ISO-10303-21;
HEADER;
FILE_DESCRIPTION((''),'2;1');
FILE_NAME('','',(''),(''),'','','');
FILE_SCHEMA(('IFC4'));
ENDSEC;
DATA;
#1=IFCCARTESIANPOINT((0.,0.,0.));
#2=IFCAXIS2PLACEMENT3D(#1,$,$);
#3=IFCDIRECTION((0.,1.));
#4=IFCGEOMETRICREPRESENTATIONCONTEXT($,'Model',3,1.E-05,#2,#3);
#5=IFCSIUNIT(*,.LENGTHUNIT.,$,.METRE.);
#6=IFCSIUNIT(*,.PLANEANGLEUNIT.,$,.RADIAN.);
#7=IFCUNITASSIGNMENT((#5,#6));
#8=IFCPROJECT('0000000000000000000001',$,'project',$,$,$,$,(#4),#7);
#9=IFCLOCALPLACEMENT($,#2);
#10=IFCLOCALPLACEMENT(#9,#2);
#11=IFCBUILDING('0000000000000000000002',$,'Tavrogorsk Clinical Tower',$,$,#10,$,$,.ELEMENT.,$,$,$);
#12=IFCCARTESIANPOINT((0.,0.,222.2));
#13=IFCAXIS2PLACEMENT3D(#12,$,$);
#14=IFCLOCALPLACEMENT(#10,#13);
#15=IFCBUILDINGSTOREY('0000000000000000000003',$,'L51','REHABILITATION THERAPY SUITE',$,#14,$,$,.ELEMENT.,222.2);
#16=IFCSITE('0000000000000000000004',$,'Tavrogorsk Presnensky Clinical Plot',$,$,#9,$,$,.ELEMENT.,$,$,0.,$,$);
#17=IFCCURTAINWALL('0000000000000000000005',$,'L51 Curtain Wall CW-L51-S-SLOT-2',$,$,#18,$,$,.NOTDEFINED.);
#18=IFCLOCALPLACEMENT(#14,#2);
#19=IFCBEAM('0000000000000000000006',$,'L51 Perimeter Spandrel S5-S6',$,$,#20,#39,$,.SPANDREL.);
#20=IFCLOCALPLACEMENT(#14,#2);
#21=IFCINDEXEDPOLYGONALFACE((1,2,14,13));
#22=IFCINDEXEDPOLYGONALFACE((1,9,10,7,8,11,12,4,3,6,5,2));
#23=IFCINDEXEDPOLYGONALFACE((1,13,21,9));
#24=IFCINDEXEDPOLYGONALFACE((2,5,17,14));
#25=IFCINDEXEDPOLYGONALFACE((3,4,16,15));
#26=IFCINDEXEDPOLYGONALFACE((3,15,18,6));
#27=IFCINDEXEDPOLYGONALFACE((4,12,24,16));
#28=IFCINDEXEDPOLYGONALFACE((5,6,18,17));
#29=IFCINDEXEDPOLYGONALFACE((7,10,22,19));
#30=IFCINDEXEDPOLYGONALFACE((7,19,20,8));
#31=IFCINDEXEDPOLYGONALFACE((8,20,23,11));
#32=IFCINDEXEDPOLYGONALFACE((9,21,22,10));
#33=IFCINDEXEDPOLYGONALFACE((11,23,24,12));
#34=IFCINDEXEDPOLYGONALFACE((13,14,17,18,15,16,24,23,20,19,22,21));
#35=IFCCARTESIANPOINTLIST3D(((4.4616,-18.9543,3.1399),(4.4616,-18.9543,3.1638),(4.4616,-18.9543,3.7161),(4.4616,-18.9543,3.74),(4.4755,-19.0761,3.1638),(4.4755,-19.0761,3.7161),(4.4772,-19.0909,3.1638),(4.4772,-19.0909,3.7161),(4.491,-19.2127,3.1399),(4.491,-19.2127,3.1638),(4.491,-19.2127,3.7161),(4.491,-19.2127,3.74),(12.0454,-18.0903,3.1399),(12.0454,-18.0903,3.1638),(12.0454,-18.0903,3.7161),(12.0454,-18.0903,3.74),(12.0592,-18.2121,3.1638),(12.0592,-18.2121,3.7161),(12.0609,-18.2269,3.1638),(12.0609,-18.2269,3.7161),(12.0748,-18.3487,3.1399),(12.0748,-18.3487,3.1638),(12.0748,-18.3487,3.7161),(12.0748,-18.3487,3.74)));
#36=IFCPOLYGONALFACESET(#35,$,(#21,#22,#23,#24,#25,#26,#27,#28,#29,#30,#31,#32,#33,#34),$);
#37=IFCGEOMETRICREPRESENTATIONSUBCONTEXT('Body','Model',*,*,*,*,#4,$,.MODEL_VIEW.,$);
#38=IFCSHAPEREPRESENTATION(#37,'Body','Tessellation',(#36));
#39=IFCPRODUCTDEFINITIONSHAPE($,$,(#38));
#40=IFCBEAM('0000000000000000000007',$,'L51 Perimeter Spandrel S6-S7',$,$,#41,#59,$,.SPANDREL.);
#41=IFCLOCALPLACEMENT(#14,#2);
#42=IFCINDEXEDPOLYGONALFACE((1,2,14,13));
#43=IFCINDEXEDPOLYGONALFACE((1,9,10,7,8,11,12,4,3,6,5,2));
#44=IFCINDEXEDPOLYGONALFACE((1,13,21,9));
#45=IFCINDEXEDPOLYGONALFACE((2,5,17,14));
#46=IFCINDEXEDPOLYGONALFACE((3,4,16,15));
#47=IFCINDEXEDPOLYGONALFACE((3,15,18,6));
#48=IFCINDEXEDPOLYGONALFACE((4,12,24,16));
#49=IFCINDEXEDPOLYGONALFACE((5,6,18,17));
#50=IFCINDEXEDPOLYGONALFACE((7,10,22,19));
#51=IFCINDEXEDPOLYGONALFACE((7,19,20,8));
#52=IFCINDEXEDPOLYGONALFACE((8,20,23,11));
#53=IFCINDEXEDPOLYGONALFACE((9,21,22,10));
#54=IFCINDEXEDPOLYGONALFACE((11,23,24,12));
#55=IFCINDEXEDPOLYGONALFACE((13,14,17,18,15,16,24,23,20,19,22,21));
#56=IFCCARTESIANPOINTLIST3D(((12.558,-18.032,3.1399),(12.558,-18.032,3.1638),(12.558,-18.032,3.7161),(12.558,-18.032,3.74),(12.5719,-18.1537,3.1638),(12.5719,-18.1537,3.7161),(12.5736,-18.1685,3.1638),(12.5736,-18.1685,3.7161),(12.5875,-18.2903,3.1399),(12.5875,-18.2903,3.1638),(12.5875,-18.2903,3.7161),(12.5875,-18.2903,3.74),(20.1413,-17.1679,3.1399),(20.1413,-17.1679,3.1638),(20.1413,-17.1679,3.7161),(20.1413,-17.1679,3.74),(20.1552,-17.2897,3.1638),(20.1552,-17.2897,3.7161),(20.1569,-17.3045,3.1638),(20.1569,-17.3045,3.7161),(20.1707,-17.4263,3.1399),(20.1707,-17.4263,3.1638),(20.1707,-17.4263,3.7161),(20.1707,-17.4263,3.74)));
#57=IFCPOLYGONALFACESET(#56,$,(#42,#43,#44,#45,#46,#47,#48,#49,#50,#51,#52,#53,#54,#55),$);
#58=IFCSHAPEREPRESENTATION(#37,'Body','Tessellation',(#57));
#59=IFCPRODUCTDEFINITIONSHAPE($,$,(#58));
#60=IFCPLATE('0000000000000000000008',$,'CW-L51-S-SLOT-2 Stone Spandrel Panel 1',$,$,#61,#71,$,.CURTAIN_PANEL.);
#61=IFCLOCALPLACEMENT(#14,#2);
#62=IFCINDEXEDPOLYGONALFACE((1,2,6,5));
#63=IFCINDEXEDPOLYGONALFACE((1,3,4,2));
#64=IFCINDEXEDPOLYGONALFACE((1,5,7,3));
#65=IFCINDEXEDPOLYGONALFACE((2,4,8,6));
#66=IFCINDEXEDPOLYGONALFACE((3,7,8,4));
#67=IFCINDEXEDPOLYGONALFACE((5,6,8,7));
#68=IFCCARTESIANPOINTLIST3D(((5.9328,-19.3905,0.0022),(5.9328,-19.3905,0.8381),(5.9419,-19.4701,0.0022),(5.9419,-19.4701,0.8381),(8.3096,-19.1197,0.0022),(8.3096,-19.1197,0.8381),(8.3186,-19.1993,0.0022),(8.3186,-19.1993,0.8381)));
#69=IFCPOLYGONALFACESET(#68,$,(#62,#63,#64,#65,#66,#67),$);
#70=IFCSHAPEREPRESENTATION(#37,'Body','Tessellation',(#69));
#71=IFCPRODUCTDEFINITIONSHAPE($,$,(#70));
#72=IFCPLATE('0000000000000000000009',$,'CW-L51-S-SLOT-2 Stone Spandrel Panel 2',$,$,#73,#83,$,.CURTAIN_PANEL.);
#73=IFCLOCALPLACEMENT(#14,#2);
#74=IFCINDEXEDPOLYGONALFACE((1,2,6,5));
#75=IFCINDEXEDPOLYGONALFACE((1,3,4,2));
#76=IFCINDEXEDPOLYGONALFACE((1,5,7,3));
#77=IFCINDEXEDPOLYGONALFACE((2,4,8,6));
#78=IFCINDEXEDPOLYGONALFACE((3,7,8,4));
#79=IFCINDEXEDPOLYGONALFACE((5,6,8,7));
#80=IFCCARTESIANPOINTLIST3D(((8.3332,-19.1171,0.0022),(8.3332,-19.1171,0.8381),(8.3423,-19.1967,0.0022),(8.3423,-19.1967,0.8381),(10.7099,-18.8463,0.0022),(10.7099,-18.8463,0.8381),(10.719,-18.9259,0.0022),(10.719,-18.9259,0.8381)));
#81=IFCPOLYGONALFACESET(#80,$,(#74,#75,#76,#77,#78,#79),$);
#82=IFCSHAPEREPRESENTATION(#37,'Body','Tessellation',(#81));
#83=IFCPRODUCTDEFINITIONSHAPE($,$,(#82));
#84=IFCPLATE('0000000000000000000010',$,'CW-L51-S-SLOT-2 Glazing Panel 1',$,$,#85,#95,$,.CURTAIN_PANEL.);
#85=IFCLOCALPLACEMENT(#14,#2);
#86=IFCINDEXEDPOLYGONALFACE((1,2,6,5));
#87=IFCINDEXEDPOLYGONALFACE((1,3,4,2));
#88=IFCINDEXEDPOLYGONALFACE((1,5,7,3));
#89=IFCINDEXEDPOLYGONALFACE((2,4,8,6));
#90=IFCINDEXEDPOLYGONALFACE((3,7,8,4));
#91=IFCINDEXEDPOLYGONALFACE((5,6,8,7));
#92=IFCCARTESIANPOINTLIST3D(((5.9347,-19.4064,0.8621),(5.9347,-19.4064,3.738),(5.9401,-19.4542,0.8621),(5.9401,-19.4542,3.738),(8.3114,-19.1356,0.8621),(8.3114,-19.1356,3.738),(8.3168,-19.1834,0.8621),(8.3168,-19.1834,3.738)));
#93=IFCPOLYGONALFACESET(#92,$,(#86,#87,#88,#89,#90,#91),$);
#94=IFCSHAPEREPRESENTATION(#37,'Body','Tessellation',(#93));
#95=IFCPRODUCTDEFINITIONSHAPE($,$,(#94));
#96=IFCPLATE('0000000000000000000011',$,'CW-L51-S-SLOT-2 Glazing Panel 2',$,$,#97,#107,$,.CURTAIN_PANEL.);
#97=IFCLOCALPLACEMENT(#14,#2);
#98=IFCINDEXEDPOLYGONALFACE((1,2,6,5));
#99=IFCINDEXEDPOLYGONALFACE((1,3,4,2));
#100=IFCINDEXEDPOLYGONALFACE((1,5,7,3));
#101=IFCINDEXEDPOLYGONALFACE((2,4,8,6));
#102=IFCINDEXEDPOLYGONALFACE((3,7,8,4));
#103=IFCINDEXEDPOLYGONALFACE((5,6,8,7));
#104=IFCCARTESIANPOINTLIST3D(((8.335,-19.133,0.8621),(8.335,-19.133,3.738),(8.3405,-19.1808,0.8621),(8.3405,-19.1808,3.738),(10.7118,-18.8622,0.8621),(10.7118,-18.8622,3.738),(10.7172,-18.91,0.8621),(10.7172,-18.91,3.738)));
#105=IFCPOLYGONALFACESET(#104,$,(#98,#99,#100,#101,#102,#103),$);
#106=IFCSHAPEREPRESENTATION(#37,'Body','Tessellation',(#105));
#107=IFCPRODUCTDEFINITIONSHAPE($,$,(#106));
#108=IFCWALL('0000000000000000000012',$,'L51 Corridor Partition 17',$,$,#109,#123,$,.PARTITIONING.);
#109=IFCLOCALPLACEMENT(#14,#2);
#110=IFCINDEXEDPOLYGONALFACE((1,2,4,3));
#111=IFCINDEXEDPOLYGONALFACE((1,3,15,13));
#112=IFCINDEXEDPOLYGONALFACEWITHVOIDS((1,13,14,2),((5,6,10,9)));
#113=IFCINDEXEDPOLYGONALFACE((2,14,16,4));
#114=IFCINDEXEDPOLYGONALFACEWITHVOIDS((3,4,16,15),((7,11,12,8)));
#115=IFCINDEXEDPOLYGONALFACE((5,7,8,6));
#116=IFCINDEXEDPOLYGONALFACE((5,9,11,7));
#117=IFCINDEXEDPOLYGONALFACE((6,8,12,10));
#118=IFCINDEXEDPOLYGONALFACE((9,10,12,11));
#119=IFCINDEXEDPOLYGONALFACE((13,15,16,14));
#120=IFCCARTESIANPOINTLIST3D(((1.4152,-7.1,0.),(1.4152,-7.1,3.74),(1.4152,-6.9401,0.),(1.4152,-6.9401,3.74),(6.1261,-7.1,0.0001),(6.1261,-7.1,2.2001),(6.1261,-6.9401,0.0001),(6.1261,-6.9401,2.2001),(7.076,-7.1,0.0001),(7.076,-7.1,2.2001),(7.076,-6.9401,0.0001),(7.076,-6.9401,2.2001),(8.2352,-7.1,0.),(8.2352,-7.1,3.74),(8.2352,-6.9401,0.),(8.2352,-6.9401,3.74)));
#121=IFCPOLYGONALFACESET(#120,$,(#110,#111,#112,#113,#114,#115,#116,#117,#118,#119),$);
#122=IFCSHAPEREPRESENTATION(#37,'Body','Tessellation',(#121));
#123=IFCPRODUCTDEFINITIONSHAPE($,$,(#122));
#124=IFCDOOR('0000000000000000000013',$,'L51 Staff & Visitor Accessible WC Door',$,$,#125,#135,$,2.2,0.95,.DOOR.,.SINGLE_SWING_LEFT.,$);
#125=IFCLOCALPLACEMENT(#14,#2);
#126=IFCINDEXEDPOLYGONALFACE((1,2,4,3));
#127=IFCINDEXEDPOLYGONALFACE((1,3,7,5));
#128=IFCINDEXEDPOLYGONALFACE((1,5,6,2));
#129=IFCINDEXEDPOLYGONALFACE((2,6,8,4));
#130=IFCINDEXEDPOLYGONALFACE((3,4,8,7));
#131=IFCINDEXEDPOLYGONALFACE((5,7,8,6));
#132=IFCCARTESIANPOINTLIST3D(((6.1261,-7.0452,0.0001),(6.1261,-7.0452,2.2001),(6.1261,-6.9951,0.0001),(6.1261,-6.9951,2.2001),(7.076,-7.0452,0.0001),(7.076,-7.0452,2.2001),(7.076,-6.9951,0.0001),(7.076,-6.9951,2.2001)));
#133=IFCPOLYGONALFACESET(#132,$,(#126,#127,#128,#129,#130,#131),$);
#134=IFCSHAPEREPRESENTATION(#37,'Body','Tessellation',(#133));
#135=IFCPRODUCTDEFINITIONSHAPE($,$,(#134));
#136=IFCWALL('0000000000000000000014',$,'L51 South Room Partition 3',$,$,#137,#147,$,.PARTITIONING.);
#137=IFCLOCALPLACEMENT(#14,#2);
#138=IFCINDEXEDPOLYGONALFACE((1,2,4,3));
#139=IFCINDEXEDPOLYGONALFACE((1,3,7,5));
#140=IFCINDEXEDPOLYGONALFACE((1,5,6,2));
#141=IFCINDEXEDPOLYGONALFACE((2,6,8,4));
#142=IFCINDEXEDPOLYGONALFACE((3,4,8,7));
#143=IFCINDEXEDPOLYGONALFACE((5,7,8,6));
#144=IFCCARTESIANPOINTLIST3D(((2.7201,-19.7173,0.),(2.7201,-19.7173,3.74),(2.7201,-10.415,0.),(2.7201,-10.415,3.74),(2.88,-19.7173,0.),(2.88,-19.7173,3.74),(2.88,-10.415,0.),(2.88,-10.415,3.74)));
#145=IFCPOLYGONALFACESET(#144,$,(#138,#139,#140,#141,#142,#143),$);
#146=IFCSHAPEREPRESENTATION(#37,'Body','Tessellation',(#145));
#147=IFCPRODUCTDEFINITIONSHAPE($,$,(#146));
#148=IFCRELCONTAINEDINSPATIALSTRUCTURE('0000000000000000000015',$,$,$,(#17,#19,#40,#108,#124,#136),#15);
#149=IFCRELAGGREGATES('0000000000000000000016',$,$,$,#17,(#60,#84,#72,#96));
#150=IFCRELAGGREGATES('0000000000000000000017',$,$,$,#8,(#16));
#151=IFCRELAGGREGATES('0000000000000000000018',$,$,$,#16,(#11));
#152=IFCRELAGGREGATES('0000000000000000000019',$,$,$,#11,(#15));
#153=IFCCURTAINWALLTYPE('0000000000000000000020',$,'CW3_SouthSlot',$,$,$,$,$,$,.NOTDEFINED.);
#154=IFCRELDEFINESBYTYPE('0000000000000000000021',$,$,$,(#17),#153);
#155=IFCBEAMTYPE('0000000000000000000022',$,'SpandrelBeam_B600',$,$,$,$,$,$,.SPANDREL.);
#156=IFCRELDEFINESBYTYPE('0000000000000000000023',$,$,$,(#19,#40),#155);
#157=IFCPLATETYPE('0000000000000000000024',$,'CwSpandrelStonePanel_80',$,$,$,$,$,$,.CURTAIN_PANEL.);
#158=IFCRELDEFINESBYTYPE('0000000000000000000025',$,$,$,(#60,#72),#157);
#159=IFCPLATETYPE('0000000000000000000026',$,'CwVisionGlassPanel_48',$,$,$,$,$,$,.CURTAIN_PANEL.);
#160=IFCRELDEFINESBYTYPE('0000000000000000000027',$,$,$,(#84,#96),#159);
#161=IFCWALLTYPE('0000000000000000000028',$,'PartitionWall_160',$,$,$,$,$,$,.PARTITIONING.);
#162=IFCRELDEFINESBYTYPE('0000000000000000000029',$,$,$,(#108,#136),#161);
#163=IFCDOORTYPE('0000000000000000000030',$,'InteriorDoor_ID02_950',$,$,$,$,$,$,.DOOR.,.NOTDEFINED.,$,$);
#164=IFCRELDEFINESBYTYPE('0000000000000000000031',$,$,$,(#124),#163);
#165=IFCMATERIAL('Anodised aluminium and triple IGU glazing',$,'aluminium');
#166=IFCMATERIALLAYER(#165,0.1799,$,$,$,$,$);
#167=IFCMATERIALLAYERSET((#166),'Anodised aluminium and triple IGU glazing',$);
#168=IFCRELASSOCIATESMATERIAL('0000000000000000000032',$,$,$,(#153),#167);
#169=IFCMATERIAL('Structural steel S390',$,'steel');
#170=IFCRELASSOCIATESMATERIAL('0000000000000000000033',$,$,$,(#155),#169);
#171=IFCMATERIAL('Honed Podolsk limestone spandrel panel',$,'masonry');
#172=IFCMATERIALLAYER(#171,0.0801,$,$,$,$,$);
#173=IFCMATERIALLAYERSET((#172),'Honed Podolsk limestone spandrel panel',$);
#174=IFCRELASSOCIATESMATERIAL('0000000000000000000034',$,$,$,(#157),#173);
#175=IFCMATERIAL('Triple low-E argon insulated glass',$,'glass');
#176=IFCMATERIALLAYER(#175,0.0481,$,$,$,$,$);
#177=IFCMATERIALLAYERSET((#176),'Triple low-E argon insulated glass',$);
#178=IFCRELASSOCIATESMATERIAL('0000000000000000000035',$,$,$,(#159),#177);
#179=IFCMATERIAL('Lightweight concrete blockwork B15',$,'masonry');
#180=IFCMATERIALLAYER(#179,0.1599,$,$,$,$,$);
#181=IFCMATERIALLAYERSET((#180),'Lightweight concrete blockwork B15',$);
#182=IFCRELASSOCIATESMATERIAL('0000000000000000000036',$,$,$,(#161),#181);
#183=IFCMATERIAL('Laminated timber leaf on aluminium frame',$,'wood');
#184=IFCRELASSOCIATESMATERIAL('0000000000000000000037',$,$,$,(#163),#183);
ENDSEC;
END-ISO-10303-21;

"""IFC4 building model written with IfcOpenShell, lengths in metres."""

from ifc_helpers import new_model, si_unit, direction, frame, frame_2d, origin, origin_2d, place, context, subcontext, project, spatial, rectangle, i_section, extrude, material, layer, layer_set, material_profile, profile_set, type_object, element, fill, aggregate, save


model = new_model("IFC4")

# Units and contexts
model_context = context("Model", 3, precision=1e-05, world=origin(), true_north=direction((0.0, 1.0)))
body_context = subcontext(model_context, "Body", "Model", "MODEL_VIEW")
ifc_project = project(units=[si_unit("LENGTHUNIT", "METRE"), si_unit("PLANEANGLEUNIT", "RADIAN")], contexts=[model_context])

# Site, building, storey
site_placement = place(None, origin())
site = spatial("IfcSite", under=ifc_project, at=site_placement, Name="Tavrogorsk Presnensky Clinical Plot", CompositionType="ELEMENT", RefElevation=0.0)
building_placement = place(site_placement, origin())
building = spatial("IfcBuilding", under=site, at=building_placement, Name="Tavrogorsk Clinical Tower", CompositionType="ELEMENT")
storey_placement = place(building_placement, frame((0.0, 0.0, 222.2)))
storey = spatial("IfcBuildingStorey", under=building, at=storey_placement, Name="L51", Description="REHABILITATION THERAPY SUITE", CompositionType="ELEMENT", Elevation=222.2)

# Curtain wall
ifc_material_1 = material(Name="Anodised aluminium and triple IGU glazing", Category="aluminium")
ifc_layer_1 = layer(ifc_material_1, 0.1799)
ifc_layer_set_1 = layer_set([ifc_layer_1], Name="Anodised aluminium and triple IGU glazing")
curtain_wall_type = type_object("IfcCurtainWallType", Name="CW3_SouthSlot", PredefinedType="NOTDEFINED", material=ifc_layer_set_1)
curtain_wall_placement = place(storey_placement, origin())
curtain_wall = element("IfcCurtainWall", 1, at=curtain_wall_placement, inside=storey, type_object=curtain_wall_type, Name="L51 Curtain Wall CW-L51-S-SLOT-2", PredefinedType="NOTDEFINED")

# Beams
ifc_material_2 = material(Name="Structural steel S390", Category="steel")
ifc_material_profile_1 = material_profile(ifc_material_2, i_section(OverallWidth=0.26, OverallDepth=0.6001, WebThickness=0.0149, FlangeThickness=0.0239, at=origin_2d()), Name="B-600x260x15x24")
ifc_profile_set_1 = profile_set([ifc_material_profile_1], Name="Structural steel S390")
beam_type = type_object("IfcBeamType", Name="SpandrelBeam_B600", PredefinedType="SPANDREL", material=ifc_profile_set_1)
beam_1_placement = place(storey_placement, frame((4.4763, -19.0835, 3.4399), z_axis=(0.993573, 0.113197, 0.0), x_axis=(-0.113197, 0.993573, 0.0)))
element("IfcBeam", 2, at=beam_1_placement, inside=storey, type_object=beam_type, Name="L51 Perimeter Spandrel S5-S6", PredefinedType="SPANDREL", context=body_context, shape_type="SweptSolid", body=[
    extrude(i_section(OverallWidth=0.26, OverallDepth=0.6001, WebThickness=0.0149, FlangeThickness=0.0239, at=origin_2d()), origin(), (0.0, 0.0, 1.0), 7.6328),
])
beam_2_placement = place(storey_placement, frame((12.5728, -18.1611, 3.4399), z_axis=(0.993572, 0.113205, 0.0), x_axis=(-0.113205, 0.993572, 0.0)))
element("IfcBeam", 3, at=beam_2_placement, inside=storey, type_object=beam_type, Name="L51 Perimeter Spandrel S6-S7", PredefinedType="SPANDREL", context=body_context, shape_type="SweptSolid", body=[
    extrude(i_section(OverallWidth=0.26, OverallDepth=0.6001, WebThickness=0.0149, FlangeThickness=0.0239, at=origin_2d()), origin(), (0.0, 0.0, 1.0), 7.6323),
])

# Plates
ifc_material_3 = material(Name="Honed Podolsk limestone spandrel panel", Category="masonry")
ifc_layer_2 = layer(ifc_material_3, 0.0801)
ifc_layer_set_2 = layer_set([ifc_layer_2], Name="Honed Podolsk limestone spandrel panel")
plate_type_1 = type_object("IfcPlateType", Name="CwSpandrelStonePanel_80", PredefinedType="CURTAIN_PANEL", material=ifc_layer_set_2)
plate_1_placement = place(storey_placement, frame((7.1257, -19.2949, 0.0022), z_axis=(0.0, 0.0, 1.0), x_axis=(0.993572, 0.113203, 0.0)))
plate_1 = element("IfcPlate", 4, at=plate_1_placement, type_object=plate_type_1, Name="CW-L51-S-SLOT-2 Stone Spandrel Panel 1", PredefinedType="CURTAIN_PANEL", context=body_context, shape_type="SweptSolid", body=[
    extrude(rectangle(XDim=2.3921, YDim=0.0801, at=origin_2d()), origin(), (0.0, 0.0, 1.0), 0.8359),
])
plate_2_placement = place(storey_placement, frame((9.5261, -19.0215, 0.0022), z_axis=(0.0, 0.0, 1.0), x_axis=(0.993572, 0.113203, 0.0)))
plate_2 = element("IfcPlate", 5, at=plate_2_placement, type_object=plate_type_1, Name="CW-L51-S-SLOT-2 Stone Spandrel Panel 2", PredefinedType="CURTAIN_PANEL", context=body_context, shape_type="SweptSolid", body=[
    extrude(rectangle(XDim=2.3921, YDim=0.0801, at=origin_2d()), origin(), (0.0, 0.0, 1.0), 0.8359),
])
ifc_material_4 = material(Name="Triple low-E argon insulated glass", Category="glass")
ifc_layer_3 = layer(ifc_material_4, 0.0481)
ifc_layer_set_3 = layer_set([ifc_layer_3], Name="Triple low-E argon insulated glass")
plate_type_2 = type_object("IfcPlateType", Name="CwVisionGlassPanel_48", PredefinedType="CURTAIN_PANEL", material=ifc_layer_set_3)
plate_3_placement = place(storey_placement, frame((7.1257, -19.2949, 0.8621), z_axis=(0.0, 0.0, 1.0), x_axis=(0.993572, 0.113203, 0.0)))
plate_3 = element("IfcPlate", 6, at=plate_3_placement, type_object=plate_type_2, Name="CW-L51-S-SLOT-2 Glazing Panel 1", PredefinedType="CURTAIN_PANEL", context=body_context, shape_type="SweptSolid", body=[
    extrude(rectangle(XDim=2.3921, YDim=0.0481, at=origin_2d()), origin(), (0.0, 0.0, 1.0), 2.876),
])
plate_4_placement = place(storey_placement, frame((9.5261, -19.0215, 0.8621), z_axis=(0.0, 0.0, 1.0), x_axis=(0.993572, 0.113203, 0.0)))
plate_4 = element("IfcPlate", 7, at=plate_4_placement, type_object=plate_type_2, Name="CW-L51-S-SLOT-2 Glazing Panel 2", PredefinedType="CURTAIN_PANEL", context=body_context, shape_type="SweptSolid", body=[
    extrude(rectangle(XDim=2.3921, YDim=0.0481, at=origin_2d()), origin(), (0.0, 0.0, 1.0), 2.876),
])
aggregate(curtain_wall, [plate_1, plate_3, plate_2, plate_4])

# Wall, opening, door
ifc_material_5 = material(Name="Lightweight concrete blockwork B15", Category="masonry")
ifc_layer_4 = layer(ifc_material_5, 0.1599)
ifc_layer_set_4 = layer_set([ifc_layer_4], Name="Lightweight concrete blockwork B15")
wall_type_1 = type_object("IfcWallType", Name="PartitionWall_160", PredefinedType="PARTITIONING", material=ifc_layer_set_4)
wall_1_placement = place(storey_placement, frame((1.415, -7.02, 0.0), z_axis=(0.0, 0.0, 1.0), x_axis=(1.0, 0.0, 0.0)))
wall_1 = element("IfcWall", 8, at=wall_1_placement, inside=storey, type_object=wall_type_1, Name="L51 Corridor Partition 17", PredefinedType="PARTITIONING", context=body_context, shape_type="SweptSolid", body=[
    extrude(rectangle(XDim=6.8201, YDim=0.1599, at=frame_2d((3.4102, 0.0))), origin(), (0.0, 0.0, 1.0), 3.74),
])
opening_1_placement = place(wall_1_placement, frame((4.7109, 0.0, 0.0)))
opening_1 = element("IfcOpeningElement", 9, at=opening_1_placement, cuts=wall_1, PredefinedType="OPENING", context=body_context, shape_type="SweptSolid", body=[
    extrude(rectangle(XDim=0.95, YDim=2.2, at=frame_2d((0.4751, 1.1001))), frame((0.0, 0.0898, 0.0), z_axis=(0.0, -1.0, 0.0), x_axis=(1.0, 0.0, 0.0)), (0.0, 0.0, 1.0), 0.1799),
])
ifc_material_6 = material(Name="Laminated timber leaf on aluminium frame", Category="wood")
door_type = type_object("IfcDoorType", Name="InteriorDoor_ID02_950", OperationType="NOTDEFINED", PredefinedType="DOOR", material=ifc_material_6)
door_placement = place(opening_1_placement, origin())
door = element("IfcDoor", 10, at=door_placement, inside=storey, type_object=door_type, Name="L51 Staff & Visitor Accessible WC Door", OperationType="SINGLE_SWING_LEFT", OverallHeight=2.2, OverallWidth=0.95, PredefinedType="DOOR", context=body_context, shape_type="SweptSolid", body=[
    extrude(rectangle(XDim=0.95, YDim=2.2, at=frame_2d((0.4751, 1.1001))), frame((0.0, 0.0249, 0.0), z_axis=(0.0, -1.0, 0.0), x_axis=(1.0, 0.0, 0.0)), (0.0, 0.0, 1.0), 0.05),
])
fill(opening_1, door)

# Wall
wall_2_placement = place(storey_placement, frame((2.8, -19.7173, 0.0), z_axis=(0.0, 0.0, 1.0), x_axis=(0.0, 1.0, 0.0)))
element("IfcWall", 11, at=wall_2_placement, inside=storey, type_object=wall_type_1, Name="L51 South Room Partition 3", PredefinedType="PARTITIONING", context=body_context, shape_type="SweptSolid", body=[
    extrude(rectangle(XDim=9.3022, YDim=0.1599, at=frame_2d((4.6511, 0.0))), origin(), (0.0, 0.0, 1.0), 3.74),
])

save(model, "model.ifc")
